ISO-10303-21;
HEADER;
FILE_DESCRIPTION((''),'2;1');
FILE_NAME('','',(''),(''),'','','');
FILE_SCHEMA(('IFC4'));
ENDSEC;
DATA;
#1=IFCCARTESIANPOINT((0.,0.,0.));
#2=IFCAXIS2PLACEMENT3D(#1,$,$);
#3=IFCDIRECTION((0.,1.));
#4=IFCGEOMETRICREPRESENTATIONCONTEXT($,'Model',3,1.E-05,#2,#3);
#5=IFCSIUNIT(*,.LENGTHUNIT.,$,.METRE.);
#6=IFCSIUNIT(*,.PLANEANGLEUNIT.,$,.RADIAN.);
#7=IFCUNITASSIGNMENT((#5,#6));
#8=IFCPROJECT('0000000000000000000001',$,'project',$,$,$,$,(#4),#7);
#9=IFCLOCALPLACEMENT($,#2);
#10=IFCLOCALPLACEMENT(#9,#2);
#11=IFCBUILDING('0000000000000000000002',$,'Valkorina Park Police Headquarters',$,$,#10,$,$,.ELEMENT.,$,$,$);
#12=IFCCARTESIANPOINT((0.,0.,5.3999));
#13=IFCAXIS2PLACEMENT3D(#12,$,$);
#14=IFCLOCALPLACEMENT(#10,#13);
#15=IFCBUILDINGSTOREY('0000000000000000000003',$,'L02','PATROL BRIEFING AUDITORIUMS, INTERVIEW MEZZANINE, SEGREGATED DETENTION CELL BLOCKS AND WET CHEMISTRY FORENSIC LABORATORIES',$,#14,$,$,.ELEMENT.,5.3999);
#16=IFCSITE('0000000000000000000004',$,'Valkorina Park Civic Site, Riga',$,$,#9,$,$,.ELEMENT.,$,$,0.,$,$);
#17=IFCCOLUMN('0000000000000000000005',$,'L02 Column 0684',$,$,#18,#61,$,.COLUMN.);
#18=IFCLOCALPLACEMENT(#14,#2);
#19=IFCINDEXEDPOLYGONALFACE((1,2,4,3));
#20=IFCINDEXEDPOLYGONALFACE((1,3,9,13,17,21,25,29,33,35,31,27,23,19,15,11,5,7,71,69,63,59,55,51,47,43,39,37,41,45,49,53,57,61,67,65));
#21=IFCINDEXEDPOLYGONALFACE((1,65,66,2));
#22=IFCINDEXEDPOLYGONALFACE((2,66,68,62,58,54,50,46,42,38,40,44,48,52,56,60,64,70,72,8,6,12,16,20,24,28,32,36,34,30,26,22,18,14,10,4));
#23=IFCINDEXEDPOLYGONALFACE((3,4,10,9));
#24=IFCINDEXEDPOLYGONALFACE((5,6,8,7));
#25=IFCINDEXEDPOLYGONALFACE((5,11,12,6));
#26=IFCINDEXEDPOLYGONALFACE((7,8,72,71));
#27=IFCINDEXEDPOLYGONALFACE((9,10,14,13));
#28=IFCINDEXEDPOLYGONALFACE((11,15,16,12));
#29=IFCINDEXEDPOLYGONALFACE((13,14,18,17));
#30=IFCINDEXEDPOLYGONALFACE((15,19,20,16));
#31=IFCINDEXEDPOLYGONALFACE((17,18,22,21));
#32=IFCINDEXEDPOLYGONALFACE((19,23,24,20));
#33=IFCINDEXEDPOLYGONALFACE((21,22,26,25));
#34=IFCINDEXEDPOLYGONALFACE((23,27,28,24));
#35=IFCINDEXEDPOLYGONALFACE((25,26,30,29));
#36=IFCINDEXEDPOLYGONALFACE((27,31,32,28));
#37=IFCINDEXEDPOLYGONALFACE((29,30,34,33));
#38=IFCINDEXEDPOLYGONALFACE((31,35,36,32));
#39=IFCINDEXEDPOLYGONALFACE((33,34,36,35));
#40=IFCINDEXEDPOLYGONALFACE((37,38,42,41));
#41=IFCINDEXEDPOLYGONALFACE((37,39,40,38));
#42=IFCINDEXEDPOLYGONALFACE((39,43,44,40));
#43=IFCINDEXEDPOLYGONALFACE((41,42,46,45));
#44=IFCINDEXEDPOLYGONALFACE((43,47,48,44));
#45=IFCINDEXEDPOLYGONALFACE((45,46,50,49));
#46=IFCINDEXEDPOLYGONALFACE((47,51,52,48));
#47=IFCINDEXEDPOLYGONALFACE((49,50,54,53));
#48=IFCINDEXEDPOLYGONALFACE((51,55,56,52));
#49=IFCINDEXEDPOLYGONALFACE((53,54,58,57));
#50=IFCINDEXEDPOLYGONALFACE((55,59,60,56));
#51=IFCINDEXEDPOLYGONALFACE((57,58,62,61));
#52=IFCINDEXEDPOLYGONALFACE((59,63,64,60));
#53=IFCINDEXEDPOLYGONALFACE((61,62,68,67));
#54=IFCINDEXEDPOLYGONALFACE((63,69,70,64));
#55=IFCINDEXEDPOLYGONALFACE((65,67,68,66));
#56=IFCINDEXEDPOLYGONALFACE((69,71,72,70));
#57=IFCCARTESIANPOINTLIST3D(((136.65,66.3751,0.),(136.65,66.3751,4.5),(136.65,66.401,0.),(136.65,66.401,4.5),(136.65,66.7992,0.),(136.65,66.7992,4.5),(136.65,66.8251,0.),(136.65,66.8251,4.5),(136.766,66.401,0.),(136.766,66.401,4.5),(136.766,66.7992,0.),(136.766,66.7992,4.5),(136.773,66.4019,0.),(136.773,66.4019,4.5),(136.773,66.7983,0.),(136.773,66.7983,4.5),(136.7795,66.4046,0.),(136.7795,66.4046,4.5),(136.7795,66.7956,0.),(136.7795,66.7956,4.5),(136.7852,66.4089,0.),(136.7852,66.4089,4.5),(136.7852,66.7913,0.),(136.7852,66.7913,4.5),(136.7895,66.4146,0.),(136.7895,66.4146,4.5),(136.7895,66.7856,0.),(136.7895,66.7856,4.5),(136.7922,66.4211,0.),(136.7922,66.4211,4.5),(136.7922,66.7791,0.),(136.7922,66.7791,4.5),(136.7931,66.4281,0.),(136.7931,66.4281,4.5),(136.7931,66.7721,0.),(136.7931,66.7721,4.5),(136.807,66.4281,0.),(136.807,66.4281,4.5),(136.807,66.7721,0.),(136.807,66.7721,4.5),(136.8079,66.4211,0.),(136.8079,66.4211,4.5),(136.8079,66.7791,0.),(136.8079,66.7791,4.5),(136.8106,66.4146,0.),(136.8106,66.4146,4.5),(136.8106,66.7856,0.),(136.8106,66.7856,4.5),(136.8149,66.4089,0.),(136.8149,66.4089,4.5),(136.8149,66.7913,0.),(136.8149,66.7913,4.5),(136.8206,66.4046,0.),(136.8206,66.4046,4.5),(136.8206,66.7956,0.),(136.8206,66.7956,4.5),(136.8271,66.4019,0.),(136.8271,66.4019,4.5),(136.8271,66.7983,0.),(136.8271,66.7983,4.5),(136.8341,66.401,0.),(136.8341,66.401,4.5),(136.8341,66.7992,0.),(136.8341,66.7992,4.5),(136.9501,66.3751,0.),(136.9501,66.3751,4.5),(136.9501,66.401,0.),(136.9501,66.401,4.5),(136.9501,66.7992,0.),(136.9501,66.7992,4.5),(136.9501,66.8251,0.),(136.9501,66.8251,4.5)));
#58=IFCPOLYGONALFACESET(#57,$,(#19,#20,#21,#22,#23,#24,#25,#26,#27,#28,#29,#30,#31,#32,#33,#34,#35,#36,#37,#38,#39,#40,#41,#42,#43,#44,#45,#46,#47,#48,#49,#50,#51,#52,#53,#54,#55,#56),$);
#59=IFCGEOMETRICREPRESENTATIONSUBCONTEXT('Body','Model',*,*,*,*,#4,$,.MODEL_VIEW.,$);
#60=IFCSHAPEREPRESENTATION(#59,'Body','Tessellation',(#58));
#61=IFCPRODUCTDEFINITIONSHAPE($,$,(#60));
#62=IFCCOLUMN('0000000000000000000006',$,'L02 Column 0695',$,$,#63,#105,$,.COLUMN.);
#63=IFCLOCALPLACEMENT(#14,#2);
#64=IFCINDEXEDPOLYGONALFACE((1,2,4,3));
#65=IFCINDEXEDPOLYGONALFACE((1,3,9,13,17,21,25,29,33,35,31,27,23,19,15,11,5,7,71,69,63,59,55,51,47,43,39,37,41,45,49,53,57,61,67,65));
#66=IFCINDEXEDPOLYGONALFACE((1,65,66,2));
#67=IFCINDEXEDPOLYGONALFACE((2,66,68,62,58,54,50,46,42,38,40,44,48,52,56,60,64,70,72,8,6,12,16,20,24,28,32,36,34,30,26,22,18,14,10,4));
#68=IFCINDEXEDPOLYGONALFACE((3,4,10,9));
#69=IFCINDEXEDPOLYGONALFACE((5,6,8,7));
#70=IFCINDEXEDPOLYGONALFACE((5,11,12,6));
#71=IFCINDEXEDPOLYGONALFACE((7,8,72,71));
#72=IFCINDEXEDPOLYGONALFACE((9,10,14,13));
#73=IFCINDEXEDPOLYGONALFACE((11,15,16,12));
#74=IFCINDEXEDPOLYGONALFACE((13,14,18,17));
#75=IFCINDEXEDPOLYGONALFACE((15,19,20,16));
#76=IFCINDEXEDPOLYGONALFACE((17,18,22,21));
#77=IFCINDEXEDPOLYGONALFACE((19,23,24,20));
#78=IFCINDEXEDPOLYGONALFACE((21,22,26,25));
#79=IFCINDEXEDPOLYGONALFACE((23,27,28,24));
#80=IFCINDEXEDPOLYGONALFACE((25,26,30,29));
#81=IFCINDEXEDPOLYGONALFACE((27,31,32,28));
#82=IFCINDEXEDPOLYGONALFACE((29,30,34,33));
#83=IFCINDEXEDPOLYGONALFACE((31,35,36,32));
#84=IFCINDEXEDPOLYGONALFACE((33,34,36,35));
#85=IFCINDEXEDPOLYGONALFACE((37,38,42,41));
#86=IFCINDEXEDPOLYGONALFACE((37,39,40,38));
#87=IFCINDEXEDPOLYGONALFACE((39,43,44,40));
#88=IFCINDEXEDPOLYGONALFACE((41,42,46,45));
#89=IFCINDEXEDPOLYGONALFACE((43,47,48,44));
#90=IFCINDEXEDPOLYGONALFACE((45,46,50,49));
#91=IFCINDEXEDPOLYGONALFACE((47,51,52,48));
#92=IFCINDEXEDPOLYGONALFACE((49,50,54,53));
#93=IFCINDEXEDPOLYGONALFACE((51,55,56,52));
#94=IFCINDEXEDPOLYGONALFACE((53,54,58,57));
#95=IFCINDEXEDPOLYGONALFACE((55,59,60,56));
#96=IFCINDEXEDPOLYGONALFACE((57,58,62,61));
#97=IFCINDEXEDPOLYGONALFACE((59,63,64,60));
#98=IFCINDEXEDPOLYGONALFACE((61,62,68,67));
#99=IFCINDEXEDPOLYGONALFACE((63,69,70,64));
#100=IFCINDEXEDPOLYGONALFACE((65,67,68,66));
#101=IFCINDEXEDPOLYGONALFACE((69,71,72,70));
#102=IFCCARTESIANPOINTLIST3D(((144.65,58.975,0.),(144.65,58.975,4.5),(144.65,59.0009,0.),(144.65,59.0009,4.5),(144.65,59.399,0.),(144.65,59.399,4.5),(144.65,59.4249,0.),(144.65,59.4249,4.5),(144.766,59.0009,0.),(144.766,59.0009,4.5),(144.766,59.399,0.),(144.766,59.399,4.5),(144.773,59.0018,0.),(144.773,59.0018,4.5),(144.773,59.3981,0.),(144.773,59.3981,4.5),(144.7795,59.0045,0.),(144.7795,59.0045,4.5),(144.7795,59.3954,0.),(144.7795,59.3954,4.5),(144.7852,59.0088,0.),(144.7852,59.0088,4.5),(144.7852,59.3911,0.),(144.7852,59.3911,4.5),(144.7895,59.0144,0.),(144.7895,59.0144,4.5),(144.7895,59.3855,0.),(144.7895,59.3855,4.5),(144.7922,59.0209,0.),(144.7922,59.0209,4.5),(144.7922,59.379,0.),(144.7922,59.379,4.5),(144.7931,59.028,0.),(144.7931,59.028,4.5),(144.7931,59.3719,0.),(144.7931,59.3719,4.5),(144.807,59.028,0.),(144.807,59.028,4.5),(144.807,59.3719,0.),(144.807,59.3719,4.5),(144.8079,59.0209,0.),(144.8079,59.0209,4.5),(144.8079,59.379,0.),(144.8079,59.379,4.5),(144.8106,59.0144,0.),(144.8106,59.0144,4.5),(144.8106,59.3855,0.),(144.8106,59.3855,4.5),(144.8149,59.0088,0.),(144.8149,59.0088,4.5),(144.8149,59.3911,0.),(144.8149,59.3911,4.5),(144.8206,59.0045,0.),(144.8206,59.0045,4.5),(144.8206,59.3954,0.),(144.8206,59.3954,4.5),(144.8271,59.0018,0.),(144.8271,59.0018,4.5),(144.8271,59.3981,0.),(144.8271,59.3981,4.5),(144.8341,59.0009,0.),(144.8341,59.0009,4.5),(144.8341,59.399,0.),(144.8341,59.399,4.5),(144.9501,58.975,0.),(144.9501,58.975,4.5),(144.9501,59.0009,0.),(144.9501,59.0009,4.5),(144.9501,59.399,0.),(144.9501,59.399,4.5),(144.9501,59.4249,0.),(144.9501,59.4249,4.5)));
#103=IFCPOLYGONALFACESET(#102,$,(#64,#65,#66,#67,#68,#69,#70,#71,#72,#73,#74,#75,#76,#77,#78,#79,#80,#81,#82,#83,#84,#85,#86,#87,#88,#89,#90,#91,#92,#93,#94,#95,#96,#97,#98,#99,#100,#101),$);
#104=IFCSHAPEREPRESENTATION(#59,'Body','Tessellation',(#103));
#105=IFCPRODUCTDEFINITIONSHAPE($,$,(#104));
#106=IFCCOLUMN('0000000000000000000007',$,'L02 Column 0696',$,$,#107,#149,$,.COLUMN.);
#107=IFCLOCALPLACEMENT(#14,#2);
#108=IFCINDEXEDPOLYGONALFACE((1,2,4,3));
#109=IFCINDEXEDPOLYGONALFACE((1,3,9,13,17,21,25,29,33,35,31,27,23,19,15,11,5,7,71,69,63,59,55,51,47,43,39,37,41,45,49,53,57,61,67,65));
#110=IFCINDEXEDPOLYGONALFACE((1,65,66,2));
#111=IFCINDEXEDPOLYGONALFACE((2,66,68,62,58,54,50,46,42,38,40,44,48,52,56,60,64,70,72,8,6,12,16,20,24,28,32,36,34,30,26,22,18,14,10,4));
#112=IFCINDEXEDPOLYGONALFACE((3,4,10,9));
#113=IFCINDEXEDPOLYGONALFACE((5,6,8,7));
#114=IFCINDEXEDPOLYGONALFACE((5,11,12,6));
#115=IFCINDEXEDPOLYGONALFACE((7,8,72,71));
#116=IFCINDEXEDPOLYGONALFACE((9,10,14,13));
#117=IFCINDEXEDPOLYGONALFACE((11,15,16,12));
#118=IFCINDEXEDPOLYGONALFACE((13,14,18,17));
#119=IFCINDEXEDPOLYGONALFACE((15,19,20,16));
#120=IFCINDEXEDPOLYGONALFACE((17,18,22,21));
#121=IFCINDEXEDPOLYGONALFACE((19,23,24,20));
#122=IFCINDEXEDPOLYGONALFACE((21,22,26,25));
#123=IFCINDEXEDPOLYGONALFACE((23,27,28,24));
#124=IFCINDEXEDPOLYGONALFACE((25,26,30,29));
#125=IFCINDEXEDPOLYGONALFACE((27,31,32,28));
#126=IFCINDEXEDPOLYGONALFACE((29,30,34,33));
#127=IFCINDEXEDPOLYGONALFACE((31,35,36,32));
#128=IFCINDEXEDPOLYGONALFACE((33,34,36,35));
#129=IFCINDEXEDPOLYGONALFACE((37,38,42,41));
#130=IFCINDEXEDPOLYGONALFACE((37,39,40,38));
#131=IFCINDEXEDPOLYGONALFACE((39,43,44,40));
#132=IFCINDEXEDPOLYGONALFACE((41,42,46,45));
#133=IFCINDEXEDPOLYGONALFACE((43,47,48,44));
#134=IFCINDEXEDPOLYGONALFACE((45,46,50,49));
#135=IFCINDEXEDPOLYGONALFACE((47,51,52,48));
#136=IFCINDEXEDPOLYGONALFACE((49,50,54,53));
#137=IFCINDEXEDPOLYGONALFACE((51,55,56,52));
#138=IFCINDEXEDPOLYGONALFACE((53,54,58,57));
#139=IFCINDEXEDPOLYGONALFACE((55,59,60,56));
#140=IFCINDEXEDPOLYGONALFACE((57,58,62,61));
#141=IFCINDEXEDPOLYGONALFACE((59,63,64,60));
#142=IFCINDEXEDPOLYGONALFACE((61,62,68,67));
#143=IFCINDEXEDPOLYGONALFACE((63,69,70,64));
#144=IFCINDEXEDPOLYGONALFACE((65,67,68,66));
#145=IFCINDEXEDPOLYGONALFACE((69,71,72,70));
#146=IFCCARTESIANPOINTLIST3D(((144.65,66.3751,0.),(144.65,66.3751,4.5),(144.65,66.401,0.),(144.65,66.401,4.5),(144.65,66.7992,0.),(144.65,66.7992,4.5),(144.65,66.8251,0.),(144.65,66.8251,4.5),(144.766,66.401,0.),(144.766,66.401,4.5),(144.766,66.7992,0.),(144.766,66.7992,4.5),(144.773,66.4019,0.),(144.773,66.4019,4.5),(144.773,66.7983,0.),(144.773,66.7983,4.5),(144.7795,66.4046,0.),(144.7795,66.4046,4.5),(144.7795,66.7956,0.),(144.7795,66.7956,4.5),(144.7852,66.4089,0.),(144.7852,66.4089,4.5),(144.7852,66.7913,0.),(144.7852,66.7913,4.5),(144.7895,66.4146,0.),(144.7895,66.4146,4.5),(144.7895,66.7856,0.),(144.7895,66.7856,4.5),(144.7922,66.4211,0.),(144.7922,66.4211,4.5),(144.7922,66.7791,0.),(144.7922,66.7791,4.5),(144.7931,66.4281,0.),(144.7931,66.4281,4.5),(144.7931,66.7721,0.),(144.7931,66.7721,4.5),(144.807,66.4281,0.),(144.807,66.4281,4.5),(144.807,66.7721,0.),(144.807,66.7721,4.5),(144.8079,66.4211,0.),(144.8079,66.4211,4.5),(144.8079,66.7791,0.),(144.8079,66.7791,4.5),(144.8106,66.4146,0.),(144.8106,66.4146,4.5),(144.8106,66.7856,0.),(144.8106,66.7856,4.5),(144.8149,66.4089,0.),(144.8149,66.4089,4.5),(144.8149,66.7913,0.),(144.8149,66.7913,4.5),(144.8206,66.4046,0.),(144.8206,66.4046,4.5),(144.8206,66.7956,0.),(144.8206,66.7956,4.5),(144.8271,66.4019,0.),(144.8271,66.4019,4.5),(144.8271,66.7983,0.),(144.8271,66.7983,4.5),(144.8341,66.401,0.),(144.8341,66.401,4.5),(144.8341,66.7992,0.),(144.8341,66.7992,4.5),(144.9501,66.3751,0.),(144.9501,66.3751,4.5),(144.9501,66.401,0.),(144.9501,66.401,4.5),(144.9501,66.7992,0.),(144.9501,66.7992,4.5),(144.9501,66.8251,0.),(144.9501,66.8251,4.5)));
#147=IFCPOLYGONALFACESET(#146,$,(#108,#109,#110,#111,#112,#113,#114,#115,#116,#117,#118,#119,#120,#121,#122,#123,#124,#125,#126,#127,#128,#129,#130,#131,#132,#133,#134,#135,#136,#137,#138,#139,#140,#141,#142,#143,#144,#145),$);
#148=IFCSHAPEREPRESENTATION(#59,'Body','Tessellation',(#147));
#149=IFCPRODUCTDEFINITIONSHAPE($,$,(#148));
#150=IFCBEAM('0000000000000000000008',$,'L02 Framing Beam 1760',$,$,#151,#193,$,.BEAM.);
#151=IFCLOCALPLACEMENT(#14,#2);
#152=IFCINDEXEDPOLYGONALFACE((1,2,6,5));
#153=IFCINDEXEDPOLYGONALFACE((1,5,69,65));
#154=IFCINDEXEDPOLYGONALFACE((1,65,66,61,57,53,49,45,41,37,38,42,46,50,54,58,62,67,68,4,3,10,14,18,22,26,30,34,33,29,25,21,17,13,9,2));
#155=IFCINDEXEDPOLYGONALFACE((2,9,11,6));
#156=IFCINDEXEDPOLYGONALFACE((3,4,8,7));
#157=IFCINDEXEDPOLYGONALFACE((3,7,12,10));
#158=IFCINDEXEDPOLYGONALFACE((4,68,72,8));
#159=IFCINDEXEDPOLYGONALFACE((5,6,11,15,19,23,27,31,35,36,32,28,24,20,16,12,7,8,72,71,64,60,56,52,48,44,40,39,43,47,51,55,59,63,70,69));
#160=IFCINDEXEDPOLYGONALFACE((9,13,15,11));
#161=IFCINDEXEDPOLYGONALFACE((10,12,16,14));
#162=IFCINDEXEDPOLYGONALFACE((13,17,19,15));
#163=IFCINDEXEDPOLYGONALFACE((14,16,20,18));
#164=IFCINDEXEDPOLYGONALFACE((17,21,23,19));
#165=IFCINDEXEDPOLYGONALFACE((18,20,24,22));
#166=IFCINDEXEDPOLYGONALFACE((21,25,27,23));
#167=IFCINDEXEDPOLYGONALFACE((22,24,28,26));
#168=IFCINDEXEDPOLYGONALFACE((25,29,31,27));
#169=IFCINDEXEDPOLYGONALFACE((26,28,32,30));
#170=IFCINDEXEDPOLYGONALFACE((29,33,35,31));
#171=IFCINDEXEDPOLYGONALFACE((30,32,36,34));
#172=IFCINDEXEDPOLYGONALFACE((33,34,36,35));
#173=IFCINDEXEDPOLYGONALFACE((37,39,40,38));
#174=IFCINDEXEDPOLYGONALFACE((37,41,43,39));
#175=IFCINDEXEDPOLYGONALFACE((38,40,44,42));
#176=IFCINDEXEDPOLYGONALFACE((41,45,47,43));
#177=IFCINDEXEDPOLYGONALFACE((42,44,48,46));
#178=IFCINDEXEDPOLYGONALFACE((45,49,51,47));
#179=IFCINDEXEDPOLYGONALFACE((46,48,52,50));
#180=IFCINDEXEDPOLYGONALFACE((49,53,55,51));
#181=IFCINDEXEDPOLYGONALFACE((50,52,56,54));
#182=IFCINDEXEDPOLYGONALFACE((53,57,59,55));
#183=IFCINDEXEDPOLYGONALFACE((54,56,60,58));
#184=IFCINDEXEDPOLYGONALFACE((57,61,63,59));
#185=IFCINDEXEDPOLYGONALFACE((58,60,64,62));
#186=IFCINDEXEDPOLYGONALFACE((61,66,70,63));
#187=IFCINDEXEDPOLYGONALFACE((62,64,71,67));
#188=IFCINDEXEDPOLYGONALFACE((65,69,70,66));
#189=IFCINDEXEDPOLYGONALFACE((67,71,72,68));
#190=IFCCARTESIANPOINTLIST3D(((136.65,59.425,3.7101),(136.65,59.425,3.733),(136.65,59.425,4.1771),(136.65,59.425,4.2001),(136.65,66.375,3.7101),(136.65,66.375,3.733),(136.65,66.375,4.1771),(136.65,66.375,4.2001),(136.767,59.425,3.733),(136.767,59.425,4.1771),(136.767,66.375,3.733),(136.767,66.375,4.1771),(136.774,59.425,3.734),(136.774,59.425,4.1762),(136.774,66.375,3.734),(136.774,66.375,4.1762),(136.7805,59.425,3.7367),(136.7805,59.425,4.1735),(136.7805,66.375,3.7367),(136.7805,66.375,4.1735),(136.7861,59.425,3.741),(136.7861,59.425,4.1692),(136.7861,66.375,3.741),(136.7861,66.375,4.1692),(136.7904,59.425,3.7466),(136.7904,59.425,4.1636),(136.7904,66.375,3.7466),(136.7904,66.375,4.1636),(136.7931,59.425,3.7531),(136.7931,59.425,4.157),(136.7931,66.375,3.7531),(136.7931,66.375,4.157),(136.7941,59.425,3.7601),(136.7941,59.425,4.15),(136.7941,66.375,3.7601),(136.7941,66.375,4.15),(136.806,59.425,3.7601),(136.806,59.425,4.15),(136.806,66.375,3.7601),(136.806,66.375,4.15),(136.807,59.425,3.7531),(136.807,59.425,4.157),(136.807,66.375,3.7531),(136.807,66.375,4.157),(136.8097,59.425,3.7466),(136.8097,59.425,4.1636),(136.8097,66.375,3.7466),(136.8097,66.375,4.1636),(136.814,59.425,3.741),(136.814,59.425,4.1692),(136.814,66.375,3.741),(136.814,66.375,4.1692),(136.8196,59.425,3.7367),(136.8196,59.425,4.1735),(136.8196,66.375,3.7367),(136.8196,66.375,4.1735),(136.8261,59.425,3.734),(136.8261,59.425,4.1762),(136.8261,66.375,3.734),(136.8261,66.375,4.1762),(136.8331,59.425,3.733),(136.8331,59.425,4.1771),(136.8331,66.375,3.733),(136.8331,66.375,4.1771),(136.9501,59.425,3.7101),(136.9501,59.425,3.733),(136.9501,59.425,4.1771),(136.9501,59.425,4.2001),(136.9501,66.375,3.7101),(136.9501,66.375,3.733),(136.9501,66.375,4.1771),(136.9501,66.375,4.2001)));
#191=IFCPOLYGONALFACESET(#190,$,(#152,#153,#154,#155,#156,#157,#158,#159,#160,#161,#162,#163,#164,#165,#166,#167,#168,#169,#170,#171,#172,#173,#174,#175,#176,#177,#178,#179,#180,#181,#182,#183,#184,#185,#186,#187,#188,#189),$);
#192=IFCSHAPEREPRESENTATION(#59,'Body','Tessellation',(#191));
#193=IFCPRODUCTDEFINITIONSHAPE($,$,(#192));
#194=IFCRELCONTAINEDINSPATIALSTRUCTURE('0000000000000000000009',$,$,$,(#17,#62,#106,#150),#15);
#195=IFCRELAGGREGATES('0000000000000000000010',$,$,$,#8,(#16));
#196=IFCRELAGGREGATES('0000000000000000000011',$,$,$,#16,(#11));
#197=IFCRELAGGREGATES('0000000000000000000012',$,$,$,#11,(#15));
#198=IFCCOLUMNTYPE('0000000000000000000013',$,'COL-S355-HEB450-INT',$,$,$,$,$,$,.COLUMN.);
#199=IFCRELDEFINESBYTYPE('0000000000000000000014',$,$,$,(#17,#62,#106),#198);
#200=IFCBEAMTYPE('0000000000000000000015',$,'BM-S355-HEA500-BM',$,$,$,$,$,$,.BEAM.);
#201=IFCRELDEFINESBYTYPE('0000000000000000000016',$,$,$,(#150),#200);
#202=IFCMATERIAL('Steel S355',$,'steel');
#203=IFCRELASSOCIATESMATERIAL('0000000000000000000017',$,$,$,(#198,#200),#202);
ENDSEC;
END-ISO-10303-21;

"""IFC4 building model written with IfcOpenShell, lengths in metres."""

from ifc_helpers import new_model, si_unit, direction, frame, origin, origin_2d, place, context, subcontext, project, spatial, i_section, extrude, material, material_profile, profile_set, type_object, element, save


model = new_model("IFC4")

# Units and contexts
model_context = context("Model", 3, precision=1e-05, world=origin(), true_north=direction((0.0, 1.0)))
body_context = subcontext(model_context, "Body", "Model", "MODEL_VIEW")
ifc_project = project(units=[si_unit("LENGTHUNIT", "METRE"), si_unit("PLANEANGLEUNIT", "RADIAN")], contexts=[model_context])

# Site, building, storey
site_placement = place(None, origin())
site = spatial("IfcSite", under=ifc_project, at=site_placement, Name="Valkorina Park Civic Site, Riga", CompositionType="ELEMENT", RefElevation=0.0)
building_placement = place(site_placement, origin())
building = spatial("IfcBuilding", under=site, at=building_placement, Name="Valkorina Park Police Headquarters", CompositionType="ELEMENT")
storey_placement = place(building_placement, frame((0.0, 0.0, 5.3999)))
storey = spatial("IfcBuildingStorey", under=building, at=storey_placement, Name="L02", Description="PATROL BRIEFING AUDITORIUMS, INTERVIEW MEZZANINE, SEGREGATED DETENTION CELL BLOCKS AND WET CHEMISTRY FORENSIC LABORATORIES", CompositionType="ELEMENT", Elevation=5.3999)

# Columns
ifc_material_1 = material(Name="Steel S355", Category="steel")
ifc_material_profile_1 = material_profile(ifc_material_1, i_section(OverallWidth=0.3, OverallDepth=0.45, WebThickness=0.0139, FlangeThickness=0.0259, FilletRadius=0.0271, at=origin_2d()), Name="HEB 450")
ifc_profile_set_1 = profile_set([ifc_material_profile_1], Name="Steel S355")
column_type = type_object("IfcColumnType", Name="COL-S355-HEB450-INT", PredefinedType="COLUMN", material=ifc_profile_set_1)
for number, where, z_axis, x_axis, name in (
    (1, (136.8, 66.6001, 0.0), (0.0, 0.0, 1.0), (1.0, 0.0, 0.0), "L02 Column 0684"),
    (2, (144.8, 59.2, 0.0), (0.0, 0.0, 1.0), (1.0, 0.0, 0.0), "L02 Column 0695"),
    (3, (144.8, 66.6001, 0.0), (0.0, 0.0, 1.0), (1.0, 0.0, 0.0), "L02 Column 0696"),
):
    element("IfcColumn", number, at=place(storey_placement, frame(where, z_axis=z_axis, x_axis=x_axis)), inside=storey, type_object=column_type, Name=name, PredefinedType="COLUMN", context=body_context, shape_type="SweptSolid", body=[
        extrude(i_section(OverallWidth=0.3, OverallDepth=0.45, WebThickness=0.0139, FlangeThickness=0.0259, FilletRadius=0.0271, at=origin_2d()), origin(), (0.0, 0.0, 1.0), 4.5),
    ])

# Beam
ifc_material_profile_2 = material_profile(ifc_material_1, i_section(OverallWidth=0.3, OverallDepth=0.49, WebThickness=0.012, FlangeThickness=0.0229, FilletRadius=0.0271, at=origin_2d()), Name="HEA 500")
ifc_profile_set_2 = profile_set([ifc_material_profile_2], Name="Steel S355")
beam_type_1 = type_object("IfcBeamType", Name="BM-S355-HEA500-BM", PredefinedType="BEAM", material=ifc_profile_set_2)
for number, where, z_axis, x_axis, name in (
    (4, (136.8, 59.425, 3.9551), (0.0, 1.0, 0.0), (-1.0, 0.0, 0.0), "L02 Framing Beam 1760"),
):
    element("IfcBeam", number, at=place(storey_placement, frame(where, z_axis=z_axis, x_axis=x_axis)), inside=storey, type_object=beam_type_1, Name=name, PredefinedType="BEAM", context=body_context, shape_type="SweptSolid", body=[
        extrude(i_section(OverallWidth=0.3, OverallDepth=0.49, WebThickness=0.012, FlangeThickness=0.0229, FilletRadius=0.0271, at=origin_2d()), origin(), (0.0, 0.0, 1.0), 6.95),
    ])

save(model, "model.ifc")
